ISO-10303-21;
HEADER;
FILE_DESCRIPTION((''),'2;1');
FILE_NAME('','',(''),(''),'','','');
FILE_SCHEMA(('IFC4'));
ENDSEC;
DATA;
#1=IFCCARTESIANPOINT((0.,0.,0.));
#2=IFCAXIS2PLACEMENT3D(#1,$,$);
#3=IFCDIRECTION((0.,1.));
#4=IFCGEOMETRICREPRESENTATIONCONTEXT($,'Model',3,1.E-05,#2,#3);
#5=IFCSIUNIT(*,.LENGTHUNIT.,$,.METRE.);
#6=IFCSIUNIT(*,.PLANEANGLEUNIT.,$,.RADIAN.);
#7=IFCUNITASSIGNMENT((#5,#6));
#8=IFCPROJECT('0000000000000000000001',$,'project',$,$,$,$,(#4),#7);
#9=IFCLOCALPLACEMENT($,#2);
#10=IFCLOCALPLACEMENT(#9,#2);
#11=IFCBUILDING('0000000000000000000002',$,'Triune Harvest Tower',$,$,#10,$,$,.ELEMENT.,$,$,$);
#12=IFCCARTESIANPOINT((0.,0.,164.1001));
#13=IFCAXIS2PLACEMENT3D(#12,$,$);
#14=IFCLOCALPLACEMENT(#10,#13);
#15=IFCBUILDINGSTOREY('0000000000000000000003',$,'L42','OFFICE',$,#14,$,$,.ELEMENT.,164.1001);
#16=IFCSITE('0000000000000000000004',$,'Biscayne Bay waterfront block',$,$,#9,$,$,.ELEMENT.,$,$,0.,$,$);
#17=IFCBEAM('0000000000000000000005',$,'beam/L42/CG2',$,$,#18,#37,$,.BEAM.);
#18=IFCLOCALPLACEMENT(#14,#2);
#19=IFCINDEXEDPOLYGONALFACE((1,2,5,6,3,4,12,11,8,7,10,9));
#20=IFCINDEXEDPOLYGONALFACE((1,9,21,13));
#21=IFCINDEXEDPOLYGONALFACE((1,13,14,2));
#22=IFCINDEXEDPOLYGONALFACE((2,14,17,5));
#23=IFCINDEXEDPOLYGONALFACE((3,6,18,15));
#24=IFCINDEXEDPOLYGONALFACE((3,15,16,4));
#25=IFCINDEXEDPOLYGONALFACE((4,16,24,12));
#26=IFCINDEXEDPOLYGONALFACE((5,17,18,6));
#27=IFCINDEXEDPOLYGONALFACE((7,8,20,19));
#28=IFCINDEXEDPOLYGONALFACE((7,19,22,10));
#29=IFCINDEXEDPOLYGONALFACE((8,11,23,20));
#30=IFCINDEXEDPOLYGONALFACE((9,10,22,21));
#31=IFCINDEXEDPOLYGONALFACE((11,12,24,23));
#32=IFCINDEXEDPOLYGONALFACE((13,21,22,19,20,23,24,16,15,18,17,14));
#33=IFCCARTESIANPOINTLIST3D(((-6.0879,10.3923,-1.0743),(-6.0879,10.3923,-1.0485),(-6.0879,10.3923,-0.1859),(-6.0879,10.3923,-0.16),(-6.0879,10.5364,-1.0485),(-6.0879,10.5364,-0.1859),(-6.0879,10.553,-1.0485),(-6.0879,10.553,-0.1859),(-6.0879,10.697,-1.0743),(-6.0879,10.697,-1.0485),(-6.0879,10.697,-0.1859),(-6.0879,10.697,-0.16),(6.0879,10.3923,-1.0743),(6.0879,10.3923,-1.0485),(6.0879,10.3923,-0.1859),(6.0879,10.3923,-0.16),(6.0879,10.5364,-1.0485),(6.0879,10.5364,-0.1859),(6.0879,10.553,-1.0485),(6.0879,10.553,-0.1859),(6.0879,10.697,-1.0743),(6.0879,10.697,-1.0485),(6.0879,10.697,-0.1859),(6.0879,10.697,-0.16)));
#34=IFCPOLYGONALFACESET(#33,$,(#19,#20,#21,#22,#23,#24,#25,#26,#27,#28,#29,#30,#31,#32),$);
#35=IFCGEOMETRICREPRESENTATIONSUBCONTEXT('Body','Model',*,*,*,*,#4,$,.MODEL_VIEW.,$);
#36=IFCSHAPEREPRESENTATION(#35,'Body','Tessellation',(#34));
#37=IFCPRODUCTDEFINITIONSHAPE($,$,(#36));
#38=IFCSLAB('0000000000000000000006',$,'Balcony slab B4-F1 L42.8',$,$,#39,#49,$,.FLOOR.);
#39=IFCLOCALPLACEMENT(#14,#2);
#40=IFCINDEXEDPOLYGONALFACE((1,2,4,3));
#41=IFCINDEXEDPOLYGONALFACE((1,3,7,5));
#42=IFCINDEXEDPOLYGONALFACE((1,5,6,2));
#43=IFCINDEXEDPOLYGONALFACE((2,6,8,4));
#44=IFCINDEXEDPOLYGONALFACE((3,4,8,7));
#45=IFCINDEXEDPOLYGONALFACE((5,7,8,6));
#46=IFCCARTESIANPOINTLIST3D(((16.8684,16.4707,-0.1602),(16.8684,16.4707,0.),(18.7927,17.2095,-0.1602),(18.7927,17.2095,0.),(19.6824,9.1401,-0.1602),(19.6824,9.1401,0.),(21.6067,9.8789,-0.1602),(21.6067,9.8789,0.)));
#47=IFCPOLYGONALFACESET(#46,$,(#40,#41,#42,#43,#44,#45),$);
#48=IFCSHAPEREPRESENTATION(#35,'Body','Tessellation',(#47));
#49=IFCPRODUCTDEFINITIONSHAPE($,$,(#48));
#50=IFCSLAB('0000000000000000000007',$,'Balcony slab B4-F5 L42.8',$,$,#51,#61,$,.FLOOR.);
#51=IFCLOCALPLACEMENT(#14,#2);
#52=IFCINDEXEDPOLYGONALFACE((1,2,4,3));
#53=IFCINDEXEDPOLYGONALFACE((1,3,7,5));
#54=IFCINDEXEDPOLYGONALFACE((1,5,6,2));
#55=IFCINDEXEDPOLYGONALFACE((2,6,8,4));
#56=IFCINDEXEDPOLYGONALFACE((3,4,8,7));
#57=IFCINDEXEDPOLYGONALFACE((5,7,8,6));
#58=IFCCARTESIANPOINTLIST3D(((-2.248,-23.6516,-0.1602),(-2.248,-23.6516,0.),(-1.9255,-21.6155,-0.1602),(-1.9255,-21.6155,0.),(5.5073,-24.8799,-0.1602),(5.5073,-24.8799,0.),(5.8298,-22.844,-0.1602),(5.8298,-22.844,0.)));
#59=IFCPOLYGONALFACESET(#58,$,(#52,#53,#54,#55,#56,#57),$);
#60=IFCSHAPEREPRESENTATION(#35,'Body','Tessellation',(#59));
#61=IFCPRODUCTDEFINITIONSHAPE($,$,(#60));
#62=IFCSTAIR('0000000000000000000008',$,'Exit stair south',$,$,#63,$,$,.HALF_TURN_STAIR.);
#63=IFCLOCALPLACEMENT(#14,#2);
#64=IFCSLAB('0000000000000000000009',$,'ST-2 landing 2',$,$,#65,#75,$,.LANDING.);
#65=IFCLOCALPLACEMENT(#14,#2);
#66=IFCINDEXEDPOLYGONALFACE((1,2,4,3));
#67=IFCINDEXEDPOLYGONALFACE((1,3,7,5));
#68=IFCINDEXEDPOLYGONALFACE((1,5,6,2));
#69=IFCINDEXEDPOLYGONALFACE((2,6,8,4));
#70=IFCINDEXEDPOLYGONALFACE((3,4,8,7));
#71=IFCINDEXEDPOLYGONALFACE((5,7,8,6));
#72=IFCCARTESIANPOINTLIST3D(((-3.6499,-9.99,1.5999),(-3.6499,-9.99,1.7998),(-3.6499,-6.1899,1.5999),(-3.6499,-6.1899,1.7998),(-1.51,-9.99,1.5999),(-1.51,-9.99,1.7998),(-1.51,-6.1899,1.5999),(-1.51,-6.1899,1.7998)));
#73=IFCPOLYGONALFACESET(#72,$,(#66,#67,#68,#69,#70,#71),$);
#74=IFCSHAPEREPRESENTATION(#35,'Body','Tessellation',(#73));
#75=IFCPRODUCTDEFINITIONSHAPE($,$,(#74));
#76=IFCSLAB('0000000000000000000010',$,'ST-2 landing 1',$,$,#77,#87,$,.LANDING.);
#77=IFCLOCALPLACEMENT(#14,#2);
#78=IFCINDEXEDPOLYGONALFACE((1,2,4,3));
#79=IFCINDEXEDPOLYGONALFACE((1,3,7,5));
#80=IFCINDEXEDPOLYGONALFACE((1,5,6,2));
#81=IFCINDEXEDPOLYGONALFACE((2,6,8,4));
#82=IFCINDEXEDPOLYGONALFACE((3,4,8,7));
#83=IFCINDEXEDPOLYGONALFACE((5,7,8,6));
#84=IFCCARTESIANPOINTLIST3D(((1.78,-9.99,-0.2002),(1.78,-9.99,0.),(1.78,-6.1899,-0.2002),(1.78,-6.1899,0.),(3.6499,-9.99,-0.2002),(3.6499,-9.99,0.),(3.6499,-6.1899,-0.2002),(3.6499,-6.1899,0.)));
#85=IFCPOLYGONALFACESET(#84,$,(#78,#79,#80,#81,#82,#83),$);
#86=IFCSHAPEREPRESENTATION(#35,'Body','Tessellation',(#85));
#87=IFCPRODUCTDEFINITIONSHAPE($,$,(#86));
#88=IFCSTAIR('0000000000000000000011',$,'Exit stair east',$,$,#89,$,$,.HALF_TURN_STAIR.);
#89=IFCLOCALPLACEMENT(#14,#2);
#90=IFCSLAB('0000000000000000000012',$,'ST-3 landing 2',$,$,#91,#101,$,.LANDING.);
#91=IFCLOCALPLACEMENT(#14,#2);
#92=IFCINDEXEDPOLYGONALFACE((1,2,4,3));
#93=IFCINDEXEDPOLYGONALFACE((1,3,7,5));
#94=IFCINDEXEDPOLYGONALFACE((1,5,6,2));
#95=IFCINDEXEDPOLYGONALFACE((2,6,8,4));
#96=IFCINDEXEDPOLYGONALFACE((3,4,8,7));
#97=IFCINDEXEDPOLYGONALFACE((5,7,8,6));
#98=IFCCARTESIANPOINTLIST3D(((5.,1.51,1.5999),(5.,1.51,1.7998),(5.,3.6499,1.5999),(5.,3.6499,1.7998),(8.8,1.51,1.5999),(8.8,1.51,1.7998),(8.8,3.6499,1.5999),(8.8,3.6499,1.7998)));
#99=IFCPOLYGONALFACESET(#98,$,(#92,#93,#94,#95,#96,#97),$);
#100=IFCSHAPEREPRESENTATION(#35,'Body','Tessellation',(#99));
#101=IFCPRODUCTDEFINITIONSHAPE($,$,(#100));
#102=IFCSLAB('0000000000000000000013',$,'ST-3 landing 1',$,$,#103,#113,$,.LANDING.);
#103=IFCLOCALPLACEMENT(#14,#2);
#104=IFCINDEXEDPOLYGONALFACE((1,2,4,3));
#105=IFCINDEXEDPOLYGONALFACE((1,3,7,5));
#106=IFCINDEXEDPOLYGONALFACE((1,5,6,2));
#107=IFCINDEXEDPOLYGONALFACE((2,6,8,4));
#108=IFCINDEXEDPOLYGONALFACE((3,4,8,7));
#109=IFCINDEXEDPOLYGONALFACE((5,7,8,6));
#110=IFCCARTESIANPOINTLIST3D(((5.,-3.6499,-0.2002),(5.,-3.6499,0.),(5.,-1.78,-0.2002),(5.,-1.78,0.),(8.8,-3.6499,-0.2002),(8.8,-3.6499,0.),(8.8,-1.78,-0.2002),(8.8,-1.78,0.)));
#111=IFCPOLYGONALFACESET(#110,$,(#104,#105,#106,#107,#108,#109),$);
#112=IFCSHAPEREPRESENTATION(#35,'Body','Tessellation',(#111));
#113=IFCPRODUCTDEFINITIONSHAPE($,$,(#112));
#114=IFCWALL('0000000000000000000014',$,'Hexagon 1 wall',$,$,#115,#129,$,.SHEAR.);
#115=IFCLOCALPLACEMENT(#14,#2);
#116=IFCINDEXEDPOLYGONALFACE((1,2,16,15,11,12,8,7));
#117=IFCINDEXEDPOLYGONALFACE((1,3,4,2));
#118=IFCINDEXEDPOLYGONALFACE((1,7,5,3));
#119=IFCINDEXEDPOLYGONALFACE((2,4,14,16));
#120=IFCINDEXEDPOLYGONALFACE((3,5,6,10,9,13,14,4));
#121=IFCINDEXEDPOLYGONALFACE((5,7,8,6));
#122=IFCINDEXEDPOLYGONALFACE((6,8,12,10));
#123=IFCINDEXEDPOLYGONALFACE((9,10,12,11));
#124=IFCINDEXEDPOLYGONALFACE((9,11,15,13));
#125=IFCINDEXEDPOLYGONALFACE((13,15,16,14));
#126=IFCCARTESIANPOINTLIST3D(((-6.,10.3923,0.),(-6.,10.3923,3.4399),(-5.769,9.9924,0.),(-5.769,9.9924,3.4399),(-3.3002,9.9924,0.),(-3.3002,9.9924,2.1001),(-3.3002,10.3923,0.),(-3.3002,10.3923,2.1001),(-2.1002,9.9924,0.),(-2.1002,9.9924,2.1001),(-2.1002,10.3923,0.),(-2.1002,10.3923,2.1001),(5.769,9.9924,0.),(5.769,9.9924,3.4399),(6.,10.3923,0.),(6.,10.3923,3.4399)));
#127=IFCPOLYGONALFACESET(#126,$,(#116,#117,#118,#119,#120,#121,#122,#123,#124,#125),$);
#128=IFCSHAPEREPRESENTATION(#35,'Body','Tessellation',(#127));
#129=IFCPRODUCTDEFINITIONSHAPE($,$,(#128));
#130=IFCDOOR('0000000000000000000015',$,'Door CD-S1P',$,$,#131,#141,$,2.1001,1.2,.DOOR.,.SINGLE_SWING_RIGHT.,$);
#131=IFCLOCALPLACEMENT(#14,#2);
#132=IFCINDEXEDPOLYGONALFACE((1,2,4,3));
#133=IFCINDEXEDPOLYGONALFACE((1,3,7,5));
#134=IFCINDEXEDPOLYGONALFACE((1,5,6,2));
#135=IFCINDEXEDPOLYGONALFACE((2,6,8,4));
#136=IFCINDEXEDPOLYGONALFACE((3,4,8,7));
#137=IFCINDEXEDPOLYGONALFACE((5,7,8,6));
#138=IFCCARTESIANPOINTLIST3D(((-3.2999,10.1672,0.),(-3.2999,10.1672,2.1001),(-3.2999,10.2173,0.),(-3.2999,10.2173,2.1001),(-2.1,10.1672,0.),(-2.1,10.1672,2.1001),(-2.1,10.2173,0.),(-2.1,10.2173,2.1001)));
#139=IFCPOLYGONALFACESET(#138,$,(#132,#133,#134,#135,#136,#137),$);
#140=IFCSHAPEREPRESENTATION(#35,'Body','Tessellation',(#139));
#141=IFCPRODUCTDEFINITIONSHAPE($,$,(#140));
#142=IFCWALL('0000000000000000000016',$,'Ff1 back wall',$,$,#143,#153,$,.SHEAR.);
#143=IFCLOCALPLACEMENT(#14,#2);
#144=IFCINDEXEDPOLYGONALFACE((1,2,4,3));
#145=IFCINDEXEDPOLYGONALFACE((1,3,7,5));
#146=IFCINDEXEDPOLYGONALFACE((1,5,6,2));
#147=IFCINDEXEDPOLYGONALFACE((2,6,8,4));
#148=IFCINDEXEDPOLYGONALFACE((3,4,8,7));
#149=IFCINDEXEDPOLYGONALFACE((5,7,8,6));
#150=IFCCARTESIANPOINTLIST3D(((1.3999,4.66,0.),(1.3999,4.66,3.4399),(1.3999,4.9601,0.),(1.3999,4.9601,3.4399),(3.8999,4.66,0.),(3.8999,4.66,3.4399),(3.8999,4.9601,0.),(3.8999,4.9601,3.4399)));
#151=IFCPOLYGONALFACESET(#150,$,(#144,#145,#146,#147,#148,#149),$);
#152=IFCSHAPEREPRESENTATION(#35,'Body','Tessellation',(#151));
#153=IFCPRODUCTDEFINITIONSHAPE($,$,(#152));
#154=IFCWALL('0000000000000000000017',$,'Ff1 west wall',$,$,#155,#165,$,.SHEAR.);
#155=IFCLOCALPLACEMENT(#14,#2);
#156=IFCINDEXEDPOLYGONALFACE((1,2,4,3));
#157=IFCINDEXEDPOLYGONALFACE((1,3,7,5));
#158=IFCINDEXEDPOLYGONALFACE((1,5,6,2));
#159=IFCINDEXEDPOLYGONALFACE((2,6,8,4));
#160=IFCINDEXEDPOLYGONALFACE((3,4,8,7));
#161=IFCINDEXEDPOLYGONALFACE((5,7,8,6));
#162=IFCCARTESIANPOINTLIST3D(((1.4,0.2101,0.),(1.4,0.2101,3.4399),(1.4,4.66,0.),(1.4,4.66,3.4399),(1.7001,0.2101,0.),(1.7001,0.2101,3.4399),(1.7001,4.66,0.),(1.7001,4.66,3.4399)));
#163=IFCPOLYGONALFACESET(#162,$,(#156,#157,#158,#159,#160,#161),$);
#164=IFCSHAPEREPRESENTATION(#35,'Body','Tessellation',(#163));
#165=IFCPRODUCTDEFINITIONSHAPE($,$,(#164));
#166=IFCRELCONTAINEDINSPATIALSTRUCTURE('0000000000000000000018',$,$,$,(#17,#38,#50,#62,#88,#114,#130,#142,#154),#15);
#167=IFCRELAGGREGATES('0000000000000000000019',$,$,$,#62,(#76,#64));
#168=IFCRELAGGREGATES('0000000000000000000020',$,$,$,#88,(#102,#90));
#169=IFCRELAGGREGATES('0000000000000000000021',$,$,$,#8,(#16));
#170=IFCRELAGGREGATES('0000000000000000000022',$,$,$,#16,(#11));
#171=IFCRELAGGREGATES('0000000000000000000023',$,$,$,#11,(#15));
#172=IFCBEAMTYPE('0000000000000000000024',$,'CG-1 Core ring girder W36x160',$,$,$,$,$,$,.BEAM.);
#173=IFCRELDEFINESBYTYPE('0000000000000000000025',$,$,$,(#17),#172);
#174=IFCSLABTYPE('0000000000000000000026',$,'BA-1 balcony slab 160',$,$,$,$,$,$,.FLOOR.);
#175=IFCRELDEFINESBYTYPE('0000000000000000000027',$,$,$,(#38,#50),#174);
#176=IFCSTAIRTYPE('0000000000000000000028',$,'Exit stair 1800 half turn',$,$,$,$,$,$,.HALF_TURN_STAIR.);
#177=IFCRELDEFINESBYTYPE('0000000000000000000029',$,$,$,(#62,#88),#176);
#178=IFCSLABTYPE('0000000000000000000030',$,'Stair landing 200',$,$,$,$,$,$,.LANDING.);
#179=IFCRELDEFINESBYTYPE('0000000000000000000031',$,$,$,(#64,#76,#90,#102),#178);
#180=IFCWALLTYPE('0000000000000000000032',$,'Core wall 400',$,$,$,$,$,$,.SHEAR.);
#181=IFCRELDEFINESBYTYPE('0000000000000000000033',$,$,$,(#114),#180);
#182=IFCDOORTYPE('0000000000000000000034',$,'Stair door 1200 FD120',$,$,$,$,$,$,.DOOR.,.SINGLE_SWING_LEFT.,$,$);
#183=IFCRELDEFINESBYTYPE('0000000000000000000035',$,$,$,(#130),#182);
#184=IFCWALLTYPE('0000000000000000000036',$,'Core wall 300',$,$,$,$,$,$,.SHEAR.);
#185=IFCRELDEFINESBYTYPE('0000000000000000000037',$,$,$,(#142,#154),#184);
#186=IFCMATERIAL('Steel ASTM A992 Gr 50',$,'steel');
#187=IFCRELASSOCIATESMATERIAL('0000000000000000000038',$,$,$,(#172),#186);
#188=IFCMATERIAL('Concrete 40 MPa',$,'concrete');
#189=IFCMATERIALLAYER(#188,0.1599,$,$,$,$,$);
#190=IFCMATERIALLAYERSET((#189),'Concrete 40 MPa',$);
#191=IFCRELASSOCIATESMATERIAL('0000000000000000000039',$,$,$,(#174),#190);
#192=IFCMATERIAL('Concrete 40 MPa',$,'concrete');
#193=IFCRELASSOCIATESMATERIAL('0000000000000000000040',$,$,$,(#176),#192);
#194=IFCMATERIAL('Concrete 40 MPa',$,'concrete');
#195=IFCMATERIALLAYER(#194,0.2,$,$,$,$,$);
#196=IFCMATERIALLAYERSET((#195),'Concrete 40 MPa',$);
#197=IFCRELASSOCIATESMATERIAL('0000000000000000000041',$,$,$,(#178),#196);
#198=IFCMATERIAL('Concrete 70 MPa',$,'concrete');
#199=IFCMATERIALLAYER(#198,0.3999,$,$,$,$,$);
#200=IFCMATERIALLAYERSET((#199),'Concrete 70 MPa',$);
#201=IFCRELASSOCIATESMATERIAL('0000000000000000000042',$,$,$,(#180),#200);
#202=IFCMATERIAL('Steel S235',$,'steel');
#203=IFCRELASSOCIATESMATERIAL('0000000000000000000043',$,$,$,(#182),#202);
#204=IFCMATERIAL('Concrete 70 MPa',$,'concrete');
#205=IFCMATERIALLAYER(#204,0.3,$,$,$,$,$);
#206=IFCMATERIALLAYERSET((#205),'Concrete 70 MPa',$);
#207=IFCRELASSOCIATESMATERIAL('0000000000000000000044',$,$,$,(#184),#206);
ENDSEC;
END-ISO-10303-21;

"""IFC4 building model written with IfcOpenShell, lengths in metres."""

from ifc_helpers import new_model, si_unit, direction, frame, frame_2d, origin, origin_2d, place, context, subcontext, project, spatial, polyline, rectangle, i_section, outline, extrude, source, transform, mapped, material, layer, layer_set, material_profile, profile_set, type_object, element, fill, aggregate, save


model = new_model("IFC4")

# Units and contexts
model_context = context("Model", 3, precision=1e-05, world=origin(), true_north=direction((0.0, 1.0)))
body_context = subcontext(model_context, "Body", "Model", "MODEL_VIEW")
ifc_project = project(units=[si_unit("LENGTHUNIT", "METRE"), si_unit("PLANEANGLEUNIT", "RADIAN")], contexts=[model_context])

# Site, building, storey
site_placement = place(None, origin())
site = spatial("IfcSite", under=ifc_project, at=site_placement, Name="Biscayne Bay waterfront block", CompositionType="ELEMENT", RefElevation=0.0)
building_placement = place(site_placement, origin())
building = spatial("IfcBuilding", under=site, at=building_placement, Name="Triune Harvest Tower", CompositionType="ELEMENT")
storey_placement = place(building_placement, frame((0.0, 0.0, 164.1001)))
storey = spatial("IfcBuildingStorey", under=building, at=storey_placement, Name="L42", Description="OFFICE", CompositionType="ELEMENT", Elevation=164.1001)

# Beam
ifc_material_1 = material(Name="Steel ASTM A992 Gr 50", Category="steel")
ifc_material_profile = material_profile(ifc_material_1, i_section(OverallWidth=0.3047, OverallDepth=0.9143, WebThickness=0.0166, FlangeThickness=0.0259, at=origin_2d()), Name="W36x160")
ifc_profile_set = profile_set([ifc_material_profile], Name="Steel ASTM A992 Gr 50")
beam_type = type_object("IfcBeamType", Name="CG-1 Core ring girder W36x160", PredefinedType="BEAM", material=ifc_profile_set)
shared_shape_1 = source(origin(), body_context, "Body", "SweptSolid", [
    extrude(i_section(OverallWidth=0.3047, OverallDepth=0.9143, WebThickness=0.0166, FlangeThickness=0.0259, at=origin_2d()), origin(), (0.0, 0.0, 1.0), 12.1758),
])
beam_placement = place(storey_placement, frame((6.0879, 10.5447, -0.6172), z_axis=(-1.0, 0.0, 0.0), x_axis=(0.0, -1.0, 0.0)))
element("IfcBeam", 1, at=beam_placement, inside=storey, type_object=beam_type, Name="beam/L42/CG2", PredefinedType="BEAM", context=body_context, shape_type="MappedRepresentation", body=[
    mapped(shared_shape_1, transform((0.0, 0.0, 0.0), scale=1.0)),
])

# Slabs
ifc_material_2 = material(Name="Concrete 40 MPa", Category="concrete")
ifc_layer_1 = layer(ifc_material_2, 0.1599)
ifc_layer_set_1 = layer_set([ifc_layer_1], Name="Concrete 40 MPa")
slab_type_1 = type_object("IfcSlabType", Name="BA-1 balcony slab 160", PredefinedType="FLOOR", material=ifc_layer_set_1)
slab_1_placement = place(storey_placement, frame((0.0, 0.0, -0.1602)))
element("IfcSlab", 2, at=slab_1_placement, inside=storey, type_object=slab_type_1, Name="Balcony slab B4-F1 L42.8", PredefinedType="FLOOR", context=body_context, shape_type="SweptSolid", body=[
    extrude(outline(polyline([(19.6824, 9.1401), (16.8684, 16.4707), (18.7927, 17.2095), (21.6067, 9.8789), (19.6824, 9.1401)])), origin(), (0.0, 0.0, 1.0), 0.1602),
])
slab_2_placement = place(storey_placement, frame((0.0, 0.0, -0.1602)))
element("IfcSlab", 3, at=slab_2_placement, inside=storey, type_object=slab_type_1, Name="Balcony slab B4-F5 L42.8", PredefinedType="FLOOR", context=body_context, shape_type="SweptSolid", body=[
    extrude(outline(polyline([(-1.9255, -21.6155), (5.8298, -22.844), (5.5073, -24.8799), (-2.248, -23.6516), (-1.9255, -21.6155)])), origin(), (0.0, 0.0, 1.0), 0.1602),
])

# Stairs, slabs
ifc_material_3 = material(Name="Concrete 40 MPa", Category="concrete")
stair_type = type_object("IfcStairType", Name="Exit stair 1800 half turn", PredefinedType="HALF_TURN_STAIR", material=ifc_material_3)
stair_1_placement = place(storey_placement, origin())
stair_1 = element("IfcStair", 4, at=stair_1_placement, inside=storey, type_object=stair_type, Name="Exit stair south", PredefinedType="HALF_TURN_STAIR")
ifc_material_4 = material(Name="Concrete 40 MPa", Category="concrete")
ifc_layer_2 = layer(ifc_material_4, 0.2)
ifc_layer_set_2 = layer_set([ifc_layer_2], Name="Concrete 40 MPa")
slab_type_2 = type_object("IfcSlabType", Name="Stair landing 200", PredefinedType="LANDING", material=ifc_layer_set_2)
shared_shape_2 = source(origin(), body_context, "Body", "SweptSolid", [
    extrude(outline(polyline([(-1.51, -6.1899), (-3.6499, -6.1899), (-3.6499, -9.99), (-1.51, -9.99), (-1.51, -6.1899)])), origin(), (0.0, 0.0, 1.0), 0.2),
])
slab_3_placement = place(storey_placement, frame((0.0, 0.0, 1.5999)))
slab_3 = element("IfcSlab", 5, at=slab_3_placement, type_object=slab_type_2, Name="ST-2 landing 2", PredefinedType="LANDING", context=body_context, shape_type="MappedRepresentation", body=[
    mapped(shared_shape_2, transform((0.0, 0.0, 0.0), scale=1.0)),
])
shared_shape_3 = source(origin(), body_context, "Body", "SweptSolid", [
    extrude(outline(polyline([(3.6499, -6.1899), (1.78, -6.1899), (1.78, -9.99), (3.6499, -9.99), (3.6499, -6.1899)])), origin(), (0.0, 0.0, 1.0), 0.2002),
])
slab_4_placement = place(storey_placement, frame((0.0, 0.0, -0.2002)))
slab_4 = element("IfcSlab", 6, at=slab_4_placement, type_object=slab_type_2, Name="ST-2 landing 1", PredefinedType="LANDING", context=body_context, shape_type="MappedRepresentation", body=[
    mapped(shared_shape_3, transform((0.0, 0.0, 0.0), scale=1.0)),
])
aggregate(stair_1, [slab_4, slab_3])
stair_2_placement = place(storey_placement, origin())
stair_2 = element("IfcStair", 7, at=stair_2_placement, inside=storey, type_object=stair_type, Name="Exit stair east", PredefinedType="HALF_TURN_STAIR")
shared_shape_4 = source(origin(), body_context, "Body", "SweptSolid", [
    extrude(outline(polyline([(8.8, 1.51), (8.8, 3.6499), (5.0, 3.6499), (5.0, 1.51), (8.8, 1.51)])), origin(), (0.0, 0.0, 1.0), 0.2),
])
slab_5_placement = place(storey_placement, frame((0.0, 0.0, 1.5999)))
slab_5 = element("IfcSlab", 8, at=slab_5_placement, type_object=slab_type_2, Name="ST-3 landing 2", PredefinedType="LANDING", context=body_context, shape_type="MappedRepresentation", body=[
    mapped(shared_shape_4, transform((0.0, 0.0, 0.0), scale=1.0)),
])
shared_shape_5 = source(origin(), body_context, "Body", "SweptSolid", [
    extrude(outline(polyline([(8.8, -3.6499), (8.8, -1.78), (5.0, -1.78), (5.0, -3.6499), (8.8, -3.6499)])), origin(), (0.0, 0.0, 1.0), 0.2002),
])
slab_6_placement = place(storey_placement, frame((0.0, 0.0, -0.2002)))
slab_6 = element("IfcSlab", 9, at=slab_6_placement, type_object=slab_type_2, Name="ST-3 landing 1", PredefinedType="LANDING", context=body_context, shape_type="MappedRepresentation", body=[
    mapped(shared_shape_5, transform((0.0, 0.0, 0.0), scale=1.0)),
])

# Wall, opening, door
ifc_material_5 = material(Name="Concrete 70 MPa", Category="concrete")
ifc_layer_3 = layer(ifc_material_5, 0.3999)
ifc_layer_set_3 = layer_set([ifc_layer_3], Name="Concrete 70 MPa")
wall_type_1 = type_object("IfcWallType", Name="Core wall 400", PredefinedType="SHEAR", material=ifc_layer_set_3)
shared_shape_6 = source(origin(), body_context, "Body", "SweptSolid", [
    extrude(outline(polyline([(-0.1155, -0.2), (11.8845, -0.2), (11.6536, 0.2), (0.1155, 0.2), (-0.1155, -0.2)])), origin(), (0.0, 0.0, 1.0), 3.4399),
])
wall_1_placement = place(storey_placement, frame((5.8845, 10.1924, 0.0), z_axis=(0.0, 0.0, 1.0), x_axis=(-1.0, 0.0, 0.0)))
wall_1 = element("IfcWall", 10, at=wall_1_placement, inside=storey, type_object=wall_type_1, Name="Hexagon 1 wall", PredefinedType="SHEAR", context=body_context, shape_type="MappedRepresentation", body=[
    mapped(shared_shape_6, transform((0.0, 0.0, 0.0), scale=1.0)),
])
opening_1_placement = place(wall_1_placement, frame((7.9846, 0.0, 0.0)))
opening_1 = element("IfcOpeningElement", 11, at=opening_1_placement, cuts=wall_1, PredefinedType="OPENING", context=body_context, shape_type="SweptSolid", body=[
    extrude(rectangle(XDim=1.2, YDim=2.1001, at=frame_2d((0.6001, 1.05))), frame((0.0, 0.21, 0.0), z_axis=(0.0, -1.0, 0.0), x_axis=(1.0, 0.0, 0.0)), (0.0, 0.0, 1.0), 0.4199),
])
ifc_material_6 = material(Name="Steel S235", Category="steel")
door_type_1 = type_object("IfcDoorType", Name="Stair door 1200 FD120", OperationType="SINGLE_SWING_LEFT", PredefinedType="DOOR", material=ifc_material_6)
door_1_placement = place(opening_1_placement, frame((1.2, 0.0, 0.0), z_axis=(0.0, 0.0, 1.0), x_axis=(-1.0, 0.0, 0.0)))
door_1 = element("IfcDoor", 12, at=door_1_placement, inside=storey, type_object=door_type_1, Name="Door CD-S1P", OperationType="SINGLE_SWING_RIGHT", OverallHeight=2.1001, OverallWidth=1.2, PredefinedType="DOOR", context=body_context, shape_type="SweptSolid", body=[
    extrude(rectangle(XDim=1.2, YDim=2.1001, at=frame_2d((0.6001, 1.05))), frame((0.0, 0.0249, 0.0), z_axis=(0.0, -1.0, 0.0), x_axis=(1.0, 0.0, 0.0)), (0.0, 0.0, 1.0), 0.05),
])
fill(opening_1, door_1)

# Walls
ifc_material_7 = material(Name="Concrete 70 MPa", Category="concrete")
ifc_layer_4 = layer(ifc_material_7, 0.3)
ifc_layer_set_4 = layer_set([ifc_layer_4], Name="Concrete 70 MPa")
wall_type_2 = type_object("IfcWallType", Name="Core wall 300", PredefinedType="SHEAR", material=ifc_layer_set_4)
shared_shape_7 = source(origin(), body_context, "Body", "SweptSolid", [
    extrude(rectangle(XDim=2.5, YDim=0.3, at=frame_2d((1.25, 0.0))), origin(), (0.0, 0.0, 1.0), 3.4399),
])
wall_2_placement = place(storey_placement, frame((1.3999, 4.8101, 0.0), z_axis=(0.0, 0.0, 1.0), x_axis=(1.0, 0.0, 0.0)))
element("IfcWall", 13, at=wall_2_placement, inside=storey, type_object=wall_type_2, Name="Ff1 back wall", PredefinedType="SHEAR", context=body_context, shape_type="MappedRepresentation", body=[
    mapped(shared_shape_7, transform((0.0, 0.0, 0.0), scale=1.0)),
])
shared_shape_8 = source(origin(), body_context, "Body", "SweptSolid", [
    extrude(rectangle(XDim=4.45, YDim=0.3, at=frame_2d((2.2251, 0.0))), origin(), (0.0, 0.0, 1.0), 3.4399),
])
wall_3_placement = place(storey_placement, frame((1.55, 0.21, 0.0), z_axis=(0.0, 0.0, 1.0), x_axis=(0.0, 1.0, 0.0)))
element("IfcWall", 14, at=wall_3_placement, inside=storey, type_object=wall_type_2, Name="Ff1 west wall", PredefinedType="SHEAR", context=body_context, shape_type="MappedRepresentation", body=[
    mapped(shared_shape_8, transform((0.0, 0.0, 0.0), scale=1.0)),
])

aggregate(stair_2, [slab_6, slab_5])

save(model, "model.ifc")
